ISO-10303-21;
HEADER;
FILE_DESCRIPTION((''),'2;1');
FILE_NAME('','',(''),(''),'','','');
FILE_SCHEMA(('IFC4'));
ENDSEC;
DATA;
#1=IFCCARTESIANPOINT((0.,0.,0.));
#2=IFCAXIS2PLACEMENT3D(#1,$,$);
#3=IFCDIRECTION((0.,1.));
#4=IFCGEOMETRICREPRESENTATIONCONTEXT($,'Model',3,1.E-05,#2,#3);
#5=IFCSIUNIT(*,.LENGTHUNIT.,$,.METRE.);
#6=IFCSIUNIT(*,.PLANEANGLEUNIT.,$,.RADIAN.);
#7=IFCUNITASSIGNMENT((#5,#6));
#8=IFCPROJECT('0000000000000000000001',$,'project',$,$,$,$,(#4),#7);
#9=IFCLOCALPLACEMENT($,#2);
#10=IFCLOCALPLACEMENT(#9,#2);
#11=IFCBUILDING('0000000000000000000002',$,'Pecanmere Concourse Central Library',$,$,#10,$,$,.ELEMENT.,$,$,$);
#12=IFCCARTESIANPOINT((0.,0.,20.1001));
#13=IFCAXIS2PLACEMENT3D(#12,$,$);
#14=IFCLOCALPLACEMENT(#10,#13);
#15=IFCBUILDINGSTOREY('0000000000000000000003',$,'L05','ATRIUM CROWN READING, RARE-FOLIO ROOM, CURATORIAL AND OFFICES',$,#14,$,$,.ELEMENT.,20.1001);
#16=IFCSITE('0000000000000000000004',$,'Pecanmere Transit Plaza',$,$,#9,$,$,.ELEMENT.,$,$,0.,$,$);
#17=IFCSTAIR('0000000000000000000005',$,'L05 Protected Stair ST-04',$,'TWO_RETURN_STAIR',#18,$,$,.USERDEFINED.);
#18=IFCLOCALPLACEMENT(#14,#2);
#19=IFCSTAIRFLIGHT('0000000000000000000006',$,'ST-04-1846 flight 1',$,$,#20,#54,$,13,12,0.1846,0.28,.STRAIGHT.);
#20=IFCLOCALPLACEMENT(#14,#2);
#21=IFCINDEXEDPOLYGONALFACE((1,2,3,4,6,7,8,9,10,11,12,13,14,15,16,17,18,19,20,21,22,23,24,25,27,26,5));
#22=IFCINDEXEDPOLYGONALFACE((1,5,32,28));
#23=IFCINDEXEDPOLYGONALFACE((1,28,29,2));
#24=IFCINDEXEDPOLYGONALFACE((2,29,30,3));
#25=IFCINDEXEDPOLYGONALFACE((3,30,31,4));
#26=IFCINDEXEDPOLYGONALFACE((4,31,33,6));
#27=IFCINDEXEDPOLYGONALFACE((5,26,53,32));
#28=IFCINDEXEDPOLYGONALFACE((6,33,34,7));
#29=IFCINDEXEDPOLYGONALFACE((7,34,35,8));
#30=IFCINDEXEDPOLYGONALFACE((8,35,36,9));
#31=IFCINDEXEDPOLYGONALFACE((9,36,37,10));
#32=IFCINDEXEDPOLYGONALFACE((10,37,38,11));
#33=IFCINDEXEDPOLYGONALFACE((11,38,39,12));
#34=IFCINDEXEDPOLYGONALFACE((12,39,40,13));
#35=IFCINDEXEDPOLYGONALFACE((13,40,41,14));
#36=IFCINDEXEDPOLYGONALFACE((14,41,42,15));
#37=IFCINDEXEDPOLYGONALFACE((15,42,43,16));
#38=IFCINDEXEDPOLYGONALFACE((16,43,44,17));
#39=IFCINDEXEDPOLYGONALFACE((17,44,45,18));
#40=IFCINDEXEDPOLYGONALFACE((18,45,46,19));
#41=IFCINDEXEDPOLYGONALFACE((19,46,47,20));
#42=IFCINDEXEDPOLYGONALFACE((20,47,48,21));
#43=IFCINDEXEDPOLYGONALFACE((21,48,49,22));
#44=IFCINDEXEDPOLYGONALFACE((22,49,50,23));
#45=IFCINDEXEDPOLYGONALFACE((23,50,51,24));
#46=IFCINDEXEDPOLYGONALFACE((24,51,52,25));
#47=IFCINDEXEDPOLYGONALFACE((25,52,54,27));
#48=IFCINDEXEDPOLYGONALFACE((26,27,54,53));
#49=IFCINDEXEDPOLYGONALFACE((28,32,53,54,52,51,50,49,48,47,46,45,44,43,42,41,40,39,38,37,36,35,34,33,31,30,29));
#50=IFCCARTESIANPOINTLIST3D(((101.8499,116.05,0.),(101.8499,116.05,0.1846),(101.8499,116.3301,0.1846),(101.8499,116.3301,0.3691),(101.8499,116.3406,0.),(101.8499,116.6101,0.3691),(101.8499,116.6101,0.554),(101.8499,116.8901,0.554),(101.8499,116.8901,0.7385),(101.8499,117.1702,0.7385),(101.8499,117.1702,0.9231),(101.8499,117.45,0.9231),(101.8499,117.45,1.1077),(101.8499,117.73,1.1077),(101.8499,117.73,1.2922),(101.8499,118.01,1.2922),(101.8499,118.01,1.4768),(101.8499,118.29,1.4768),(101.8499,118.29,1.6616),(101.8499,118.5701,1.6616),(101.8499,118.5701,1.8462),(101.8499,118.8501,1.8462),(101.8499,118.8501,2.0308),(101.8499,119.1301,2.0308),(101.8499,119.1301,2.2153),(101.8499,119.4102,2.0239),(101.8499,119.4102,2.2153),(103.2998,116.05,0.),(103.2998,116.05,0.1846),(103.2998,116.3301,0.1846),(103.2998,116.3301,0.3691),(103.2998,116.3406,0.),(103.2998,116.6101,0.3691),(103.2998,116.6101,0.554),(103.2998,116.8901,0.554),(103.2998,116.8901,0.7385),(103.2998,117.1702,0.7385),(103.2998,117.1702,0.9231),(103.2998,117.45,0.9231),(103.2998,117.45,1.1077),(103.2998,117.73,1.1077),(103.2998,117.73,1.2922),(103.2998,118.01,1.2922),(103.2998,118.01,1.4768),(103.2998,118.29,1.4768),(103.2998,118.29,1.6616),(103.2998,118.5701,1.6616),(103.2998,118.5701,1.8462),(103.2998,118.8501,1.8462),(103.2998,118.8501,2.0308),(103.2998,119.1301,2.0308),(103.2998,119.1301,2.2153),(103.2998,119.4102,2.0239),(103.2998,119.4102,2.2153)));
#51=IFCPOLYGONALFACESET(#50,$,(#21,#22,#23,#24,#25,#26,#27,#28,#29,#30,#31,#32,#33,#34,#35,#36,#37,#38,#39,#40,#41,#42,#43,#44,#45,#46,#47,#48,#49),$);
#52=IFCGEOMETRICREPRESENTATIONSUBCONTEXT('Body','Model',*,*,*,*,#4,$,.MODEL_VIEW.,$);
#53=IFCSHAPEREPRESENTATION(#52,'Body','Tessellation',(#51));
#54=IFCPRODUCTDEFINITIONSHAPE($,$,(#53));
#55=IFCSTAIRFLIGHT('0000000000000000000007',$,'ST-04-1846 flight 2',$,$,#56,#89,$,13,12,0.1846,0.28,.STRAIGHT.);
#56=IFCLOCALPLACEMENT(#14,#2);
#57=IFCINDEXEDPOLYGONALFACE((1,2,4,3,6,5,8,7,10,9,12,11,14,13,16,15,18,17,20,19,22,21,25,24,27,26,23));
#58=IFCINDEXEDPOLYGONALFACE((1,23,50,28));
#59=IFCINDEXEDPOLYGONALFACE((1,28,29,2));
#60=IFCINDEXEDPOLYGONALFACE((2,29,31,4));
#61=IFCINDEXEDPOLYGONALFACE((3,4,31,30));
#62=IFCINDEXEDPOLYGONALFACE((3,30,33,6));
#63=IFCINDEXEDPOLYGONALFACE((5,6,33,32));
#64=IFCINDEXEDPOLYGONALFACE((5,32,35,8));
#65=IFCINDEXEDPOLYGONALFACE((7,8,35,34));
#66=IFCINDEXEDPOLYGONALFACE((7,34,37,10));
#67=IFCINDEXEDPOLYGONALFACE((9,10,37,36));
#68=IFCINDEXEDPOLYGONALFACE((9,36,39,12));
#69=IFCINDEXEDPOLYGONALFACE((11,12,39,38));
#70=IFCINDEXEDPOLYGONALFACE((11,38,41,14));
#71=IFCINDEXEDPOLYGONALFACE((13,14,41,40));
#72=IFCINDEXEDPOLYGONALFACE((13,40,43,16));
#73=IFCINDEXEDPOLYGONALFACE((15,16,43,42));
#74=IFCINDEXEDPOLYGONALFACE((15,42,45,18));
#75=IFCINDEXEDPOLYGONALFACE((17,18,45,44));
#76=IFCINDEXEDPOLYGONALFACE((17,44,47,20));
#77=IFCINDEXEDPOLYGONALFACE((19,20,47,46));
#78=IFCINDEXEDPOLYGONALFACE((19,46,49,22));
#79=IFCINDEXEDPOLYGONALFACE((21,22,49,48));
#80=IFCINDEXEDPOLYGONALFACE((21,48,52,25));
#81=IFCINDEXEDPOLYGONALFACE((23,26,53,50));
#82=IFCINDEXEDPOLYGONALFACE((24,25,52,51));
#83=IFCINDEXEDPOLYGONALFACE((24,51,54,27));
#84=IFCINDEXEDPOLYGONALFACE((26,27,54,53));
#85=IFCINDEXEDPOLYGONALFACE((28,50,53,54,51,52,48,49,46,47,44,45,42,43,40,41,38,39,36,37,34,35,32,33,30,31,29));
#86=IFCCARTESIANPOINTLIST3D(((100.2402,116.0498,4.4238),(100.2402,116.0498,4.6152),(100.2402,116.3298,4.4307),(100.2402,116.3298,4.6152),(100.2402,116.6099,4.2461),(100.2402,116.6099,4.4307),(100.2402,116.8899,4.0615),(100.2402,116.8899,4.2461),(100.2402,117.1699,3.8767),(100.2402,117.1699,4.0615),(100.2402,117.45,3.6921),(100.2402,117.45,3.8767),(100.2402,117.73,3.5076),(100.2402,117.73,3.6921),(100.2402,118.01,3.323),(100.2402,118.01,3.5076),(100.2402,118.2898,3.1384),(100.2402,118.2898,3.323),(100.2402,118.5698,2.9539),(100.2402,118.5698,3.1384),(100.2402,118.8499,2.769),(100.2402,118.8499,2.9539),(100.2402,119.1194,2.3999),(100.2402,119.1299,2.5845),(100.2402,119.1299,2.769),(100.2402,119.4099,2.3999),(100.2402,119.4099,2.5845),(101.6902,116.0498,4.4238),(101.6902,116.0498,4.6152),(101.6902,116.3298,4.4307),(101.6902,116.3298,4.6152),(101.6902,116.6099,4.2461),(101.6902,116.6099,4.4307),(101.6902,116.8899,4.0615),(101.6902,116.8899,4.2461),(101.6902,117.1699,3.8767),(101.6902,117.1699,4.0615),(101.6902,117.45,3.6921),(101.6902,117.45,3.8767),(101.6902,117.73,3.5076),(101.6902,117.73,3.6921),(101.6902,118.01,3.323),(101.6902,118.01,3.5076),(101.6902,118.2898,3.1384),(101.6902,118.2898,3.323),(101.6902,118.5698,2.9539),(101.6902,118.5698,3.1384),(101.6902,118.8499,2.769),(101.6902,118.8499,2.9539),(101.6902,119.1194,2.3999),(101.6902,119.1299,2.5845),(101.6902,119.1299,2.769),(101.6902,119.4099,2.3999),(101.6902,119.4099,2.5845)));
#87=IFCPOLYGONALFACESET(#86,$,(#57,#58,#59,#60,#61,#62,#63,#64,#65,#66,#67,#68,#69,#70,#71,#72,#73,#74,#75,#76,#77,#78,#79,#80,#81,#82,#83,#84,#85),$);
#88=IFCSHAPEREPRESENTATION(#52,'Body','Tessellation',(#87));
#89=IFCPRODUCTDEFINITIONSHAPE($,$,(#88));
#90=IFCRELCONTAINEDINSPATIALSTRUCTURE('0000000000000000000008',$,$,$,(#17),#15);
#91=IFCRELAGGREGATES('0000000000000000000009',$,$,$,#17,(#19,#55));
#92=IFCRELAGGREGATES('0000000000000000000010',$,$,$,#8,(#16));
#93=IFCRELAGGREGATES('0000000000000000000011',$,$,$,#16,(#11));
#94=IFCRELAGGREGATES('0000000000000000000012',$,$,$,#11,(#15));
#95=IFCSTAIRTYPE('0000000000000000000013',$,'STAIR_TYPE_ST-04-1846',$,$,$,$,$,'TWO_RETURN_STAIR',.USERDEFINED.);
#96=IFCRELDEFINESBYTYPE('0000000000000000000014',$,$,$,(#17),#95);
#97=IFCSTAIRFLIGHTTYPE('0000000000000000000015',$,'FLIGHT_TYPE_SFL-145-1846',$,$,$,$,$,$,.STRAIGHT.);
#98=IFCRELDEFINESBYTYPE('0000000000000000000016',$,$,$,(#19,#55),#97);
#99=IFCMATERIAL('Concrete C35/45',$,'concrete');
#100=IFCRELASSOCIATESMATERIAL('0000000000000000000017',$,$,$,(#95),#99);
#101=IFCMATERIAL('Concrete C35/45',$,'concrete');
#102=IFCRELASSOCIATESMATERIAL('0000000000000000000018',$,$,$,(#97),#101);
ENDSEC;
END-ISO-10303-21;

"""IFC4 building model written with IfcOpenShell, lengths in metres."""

from ifc_helpers import new_model, si_unit, direction, frame, origin, place, context, subcontext, project, spatial, polyline, outline, extrude, material, type_object, element, aggregate, save


model = new_model("IFC4")

# Units and contexts
model_context = context("Model", 3, precision=1e-05, world=origin(), true_north=direction((0.0, 1.0)))
body_context = subcontext(model_context, "Body", "Model", "MODEL_VIEW")
ifc_project = project(units=[si_unit("LENGTHUNIT", "METRE"), si_unit("PLANEANGLEUNIT", "RADIAN")], contexts=[model_context])

# Site, building, storey
site_placement = place(None, origin())
site = spatial("IfcSite", under=ifc_project, at=site_placement, Name="Pecanmere Transit Plaza", CompositionType="ELEMENT", RefElevation=0.0)
building_placement = place(site_placement, origin())
building = spatial("IfcBuilding", under=site, at=building_placement, Name="Pecanmere Concourse Central Library", CompositionType="ELEMENT")
storey_placement = place(building_placement, frame((0.0, 0.0, 20.1001)))
storey = spatial("IfcBuildingStorey", under=building, at=storey_placement, Name="L05", Description="ATRIUM CROWN READING, RARE-FOLIO ROOM, CURATORIAL AND OFFICES", CompositionType="ELEMENT", Elevation=20.1001)

# Stair, stair flights
ifc_material_1 = material(Name="Concrete C35/45", Category="concrete")
stair_type = type_object("IfcStairType", Name="STAIR_TYPE_ST-04-1846", ElementType="TWO_RETURN_STAIR", PredefinedType="USERDEFINED", material=ifc_material_1)
stair_placement = place(storey_placement, origin())
stair = element("IfcStair", 1, at=stair_placement, inside=storey, type_object=stair_type, Name="L05 Protected Stair ST-04", ObjectType="TWO_RETURN_STAIR", PredefinedType="USERDEFINED")
ifc_material_2 = material(Name="Concrete C35/45", Category="concrete")
stair_flight_type = type_object("IfcStairFlightType", Name="FLIGHT_TYPE_SFL-145-1846", PredefinedType="STRAIGHT", material=ifc_material_2)
stair_flight_1_placement = place(storey_placement, frame((102.575, 116.05, 0.0), z_axis=(0.0, 0.0, 1.0), x_axis=(0.0, 1.0, 0.0)))
stair_flight_1 = element("IfcStairFlight", 2, at=stair_flight_1_placement, type_object=stair_flight_type, Name="ST-04-1846 flight 1", NumberOfRisers=13, NumberOfTreads=12, PredefinedType="STRAIGHT", RiserHeight=0.1846, TreadLength=0.28, context=body_context, shape_type="SweptSolid", body=[
    extrude(outline(polyline([(0.0, 0.0), (0.0, 0.1846), (0.28, 0.1846), (0.28, 0.3691), (0.5601, 0.3691), (0.5601, 0.554), (0.8401, 0.554), (0.8401, 0.7385), (1.1201, 0.7385), (1.1201, 0.9231), (1.3999, 0.9231), (1.3999, 1.1077), (1.6799, 1.1077), (1.6799, 1.2922), (1.96, 1.2922), (1.96, 1.4768), (2.24, 1.4768), (2.24, 1.6616), (2.52, 1.6616), (2.52, 1.8462), (2.8, 1.8462), (2.8, 2.0308), (3.0801, 2.0308), (3.0801, 2.2153), (3.3601, 2.2153), (3.3601, 2.3999), (3.3601, 2.0239), (0.2905, 0.0), (0.0, 0.0)])), frame((0.0, 0.7251, 0.0), z_axis=(0.0, -1.0, 0.0), x_axis=(1.0, 0.0, 0.0)), (0.0, 0.0, 1.0), 1.45),
])
stair_flight_2_placement = place(storey_placement, frame((100.9651, 119.4099, 2.3999), z_axis=(0.0, 0.0, 1.0), x_axis=(0.0, -1.0, 0.0)))
stair_flight_2 = element("IfcStairFlight", 3, at=stair_flight_2_placement, type_object=stair_flight_type, Name="ST-04-1846 flight 2", NumberOfRisers=13, NumberOfTreads=12, PredefinedType="STRAIGHT", RiserHeight=0.1846, TreadLength=0.28, context=body_context, shape_type="SweptSolid", body=[
    extrude(outline(polyline([(0.0, 0.0), (0.0, 0.1846), (0.28, 0.1846), (0.28, 0.3691), (0.5601, 0.3691), (0.5601, 0.554), (0.8401, 0.554), (0.8401, 0.7385), (1.1201, 0.7385), (1.1201, 0.9231), (1.3999, 0.9231), (1.3999, 1.1077), (1.6799, 1.1077), (1.6799, 1.2922), (1.96, 1.2922), (1.96, 1.4768), (2.24, 1.4768), (2.24, 1.6616), (2.52, 1.6616), (2.52, 1.8462), (2.8, 1.8462), (2.8, 2.0308), (3.0801, 2.0308), (3.0801, 2.2153), (3.3601, 2.2153), (3.3601, 2.3999), (3.3601, 2.0239), (0.2905, 0.0), (0.0, 0.0)])), frame((0.0, 0.7251, 0.0), z_axis=(0.0, -1.0, 0.0), x_axis=(1.0, 0.0, 0.0)), (0.0, 0.0, 1.0), 1.45),
])
aggregate(stair, [stair_flight_1, stair_flight_2])

save(model, "model.ifc")
